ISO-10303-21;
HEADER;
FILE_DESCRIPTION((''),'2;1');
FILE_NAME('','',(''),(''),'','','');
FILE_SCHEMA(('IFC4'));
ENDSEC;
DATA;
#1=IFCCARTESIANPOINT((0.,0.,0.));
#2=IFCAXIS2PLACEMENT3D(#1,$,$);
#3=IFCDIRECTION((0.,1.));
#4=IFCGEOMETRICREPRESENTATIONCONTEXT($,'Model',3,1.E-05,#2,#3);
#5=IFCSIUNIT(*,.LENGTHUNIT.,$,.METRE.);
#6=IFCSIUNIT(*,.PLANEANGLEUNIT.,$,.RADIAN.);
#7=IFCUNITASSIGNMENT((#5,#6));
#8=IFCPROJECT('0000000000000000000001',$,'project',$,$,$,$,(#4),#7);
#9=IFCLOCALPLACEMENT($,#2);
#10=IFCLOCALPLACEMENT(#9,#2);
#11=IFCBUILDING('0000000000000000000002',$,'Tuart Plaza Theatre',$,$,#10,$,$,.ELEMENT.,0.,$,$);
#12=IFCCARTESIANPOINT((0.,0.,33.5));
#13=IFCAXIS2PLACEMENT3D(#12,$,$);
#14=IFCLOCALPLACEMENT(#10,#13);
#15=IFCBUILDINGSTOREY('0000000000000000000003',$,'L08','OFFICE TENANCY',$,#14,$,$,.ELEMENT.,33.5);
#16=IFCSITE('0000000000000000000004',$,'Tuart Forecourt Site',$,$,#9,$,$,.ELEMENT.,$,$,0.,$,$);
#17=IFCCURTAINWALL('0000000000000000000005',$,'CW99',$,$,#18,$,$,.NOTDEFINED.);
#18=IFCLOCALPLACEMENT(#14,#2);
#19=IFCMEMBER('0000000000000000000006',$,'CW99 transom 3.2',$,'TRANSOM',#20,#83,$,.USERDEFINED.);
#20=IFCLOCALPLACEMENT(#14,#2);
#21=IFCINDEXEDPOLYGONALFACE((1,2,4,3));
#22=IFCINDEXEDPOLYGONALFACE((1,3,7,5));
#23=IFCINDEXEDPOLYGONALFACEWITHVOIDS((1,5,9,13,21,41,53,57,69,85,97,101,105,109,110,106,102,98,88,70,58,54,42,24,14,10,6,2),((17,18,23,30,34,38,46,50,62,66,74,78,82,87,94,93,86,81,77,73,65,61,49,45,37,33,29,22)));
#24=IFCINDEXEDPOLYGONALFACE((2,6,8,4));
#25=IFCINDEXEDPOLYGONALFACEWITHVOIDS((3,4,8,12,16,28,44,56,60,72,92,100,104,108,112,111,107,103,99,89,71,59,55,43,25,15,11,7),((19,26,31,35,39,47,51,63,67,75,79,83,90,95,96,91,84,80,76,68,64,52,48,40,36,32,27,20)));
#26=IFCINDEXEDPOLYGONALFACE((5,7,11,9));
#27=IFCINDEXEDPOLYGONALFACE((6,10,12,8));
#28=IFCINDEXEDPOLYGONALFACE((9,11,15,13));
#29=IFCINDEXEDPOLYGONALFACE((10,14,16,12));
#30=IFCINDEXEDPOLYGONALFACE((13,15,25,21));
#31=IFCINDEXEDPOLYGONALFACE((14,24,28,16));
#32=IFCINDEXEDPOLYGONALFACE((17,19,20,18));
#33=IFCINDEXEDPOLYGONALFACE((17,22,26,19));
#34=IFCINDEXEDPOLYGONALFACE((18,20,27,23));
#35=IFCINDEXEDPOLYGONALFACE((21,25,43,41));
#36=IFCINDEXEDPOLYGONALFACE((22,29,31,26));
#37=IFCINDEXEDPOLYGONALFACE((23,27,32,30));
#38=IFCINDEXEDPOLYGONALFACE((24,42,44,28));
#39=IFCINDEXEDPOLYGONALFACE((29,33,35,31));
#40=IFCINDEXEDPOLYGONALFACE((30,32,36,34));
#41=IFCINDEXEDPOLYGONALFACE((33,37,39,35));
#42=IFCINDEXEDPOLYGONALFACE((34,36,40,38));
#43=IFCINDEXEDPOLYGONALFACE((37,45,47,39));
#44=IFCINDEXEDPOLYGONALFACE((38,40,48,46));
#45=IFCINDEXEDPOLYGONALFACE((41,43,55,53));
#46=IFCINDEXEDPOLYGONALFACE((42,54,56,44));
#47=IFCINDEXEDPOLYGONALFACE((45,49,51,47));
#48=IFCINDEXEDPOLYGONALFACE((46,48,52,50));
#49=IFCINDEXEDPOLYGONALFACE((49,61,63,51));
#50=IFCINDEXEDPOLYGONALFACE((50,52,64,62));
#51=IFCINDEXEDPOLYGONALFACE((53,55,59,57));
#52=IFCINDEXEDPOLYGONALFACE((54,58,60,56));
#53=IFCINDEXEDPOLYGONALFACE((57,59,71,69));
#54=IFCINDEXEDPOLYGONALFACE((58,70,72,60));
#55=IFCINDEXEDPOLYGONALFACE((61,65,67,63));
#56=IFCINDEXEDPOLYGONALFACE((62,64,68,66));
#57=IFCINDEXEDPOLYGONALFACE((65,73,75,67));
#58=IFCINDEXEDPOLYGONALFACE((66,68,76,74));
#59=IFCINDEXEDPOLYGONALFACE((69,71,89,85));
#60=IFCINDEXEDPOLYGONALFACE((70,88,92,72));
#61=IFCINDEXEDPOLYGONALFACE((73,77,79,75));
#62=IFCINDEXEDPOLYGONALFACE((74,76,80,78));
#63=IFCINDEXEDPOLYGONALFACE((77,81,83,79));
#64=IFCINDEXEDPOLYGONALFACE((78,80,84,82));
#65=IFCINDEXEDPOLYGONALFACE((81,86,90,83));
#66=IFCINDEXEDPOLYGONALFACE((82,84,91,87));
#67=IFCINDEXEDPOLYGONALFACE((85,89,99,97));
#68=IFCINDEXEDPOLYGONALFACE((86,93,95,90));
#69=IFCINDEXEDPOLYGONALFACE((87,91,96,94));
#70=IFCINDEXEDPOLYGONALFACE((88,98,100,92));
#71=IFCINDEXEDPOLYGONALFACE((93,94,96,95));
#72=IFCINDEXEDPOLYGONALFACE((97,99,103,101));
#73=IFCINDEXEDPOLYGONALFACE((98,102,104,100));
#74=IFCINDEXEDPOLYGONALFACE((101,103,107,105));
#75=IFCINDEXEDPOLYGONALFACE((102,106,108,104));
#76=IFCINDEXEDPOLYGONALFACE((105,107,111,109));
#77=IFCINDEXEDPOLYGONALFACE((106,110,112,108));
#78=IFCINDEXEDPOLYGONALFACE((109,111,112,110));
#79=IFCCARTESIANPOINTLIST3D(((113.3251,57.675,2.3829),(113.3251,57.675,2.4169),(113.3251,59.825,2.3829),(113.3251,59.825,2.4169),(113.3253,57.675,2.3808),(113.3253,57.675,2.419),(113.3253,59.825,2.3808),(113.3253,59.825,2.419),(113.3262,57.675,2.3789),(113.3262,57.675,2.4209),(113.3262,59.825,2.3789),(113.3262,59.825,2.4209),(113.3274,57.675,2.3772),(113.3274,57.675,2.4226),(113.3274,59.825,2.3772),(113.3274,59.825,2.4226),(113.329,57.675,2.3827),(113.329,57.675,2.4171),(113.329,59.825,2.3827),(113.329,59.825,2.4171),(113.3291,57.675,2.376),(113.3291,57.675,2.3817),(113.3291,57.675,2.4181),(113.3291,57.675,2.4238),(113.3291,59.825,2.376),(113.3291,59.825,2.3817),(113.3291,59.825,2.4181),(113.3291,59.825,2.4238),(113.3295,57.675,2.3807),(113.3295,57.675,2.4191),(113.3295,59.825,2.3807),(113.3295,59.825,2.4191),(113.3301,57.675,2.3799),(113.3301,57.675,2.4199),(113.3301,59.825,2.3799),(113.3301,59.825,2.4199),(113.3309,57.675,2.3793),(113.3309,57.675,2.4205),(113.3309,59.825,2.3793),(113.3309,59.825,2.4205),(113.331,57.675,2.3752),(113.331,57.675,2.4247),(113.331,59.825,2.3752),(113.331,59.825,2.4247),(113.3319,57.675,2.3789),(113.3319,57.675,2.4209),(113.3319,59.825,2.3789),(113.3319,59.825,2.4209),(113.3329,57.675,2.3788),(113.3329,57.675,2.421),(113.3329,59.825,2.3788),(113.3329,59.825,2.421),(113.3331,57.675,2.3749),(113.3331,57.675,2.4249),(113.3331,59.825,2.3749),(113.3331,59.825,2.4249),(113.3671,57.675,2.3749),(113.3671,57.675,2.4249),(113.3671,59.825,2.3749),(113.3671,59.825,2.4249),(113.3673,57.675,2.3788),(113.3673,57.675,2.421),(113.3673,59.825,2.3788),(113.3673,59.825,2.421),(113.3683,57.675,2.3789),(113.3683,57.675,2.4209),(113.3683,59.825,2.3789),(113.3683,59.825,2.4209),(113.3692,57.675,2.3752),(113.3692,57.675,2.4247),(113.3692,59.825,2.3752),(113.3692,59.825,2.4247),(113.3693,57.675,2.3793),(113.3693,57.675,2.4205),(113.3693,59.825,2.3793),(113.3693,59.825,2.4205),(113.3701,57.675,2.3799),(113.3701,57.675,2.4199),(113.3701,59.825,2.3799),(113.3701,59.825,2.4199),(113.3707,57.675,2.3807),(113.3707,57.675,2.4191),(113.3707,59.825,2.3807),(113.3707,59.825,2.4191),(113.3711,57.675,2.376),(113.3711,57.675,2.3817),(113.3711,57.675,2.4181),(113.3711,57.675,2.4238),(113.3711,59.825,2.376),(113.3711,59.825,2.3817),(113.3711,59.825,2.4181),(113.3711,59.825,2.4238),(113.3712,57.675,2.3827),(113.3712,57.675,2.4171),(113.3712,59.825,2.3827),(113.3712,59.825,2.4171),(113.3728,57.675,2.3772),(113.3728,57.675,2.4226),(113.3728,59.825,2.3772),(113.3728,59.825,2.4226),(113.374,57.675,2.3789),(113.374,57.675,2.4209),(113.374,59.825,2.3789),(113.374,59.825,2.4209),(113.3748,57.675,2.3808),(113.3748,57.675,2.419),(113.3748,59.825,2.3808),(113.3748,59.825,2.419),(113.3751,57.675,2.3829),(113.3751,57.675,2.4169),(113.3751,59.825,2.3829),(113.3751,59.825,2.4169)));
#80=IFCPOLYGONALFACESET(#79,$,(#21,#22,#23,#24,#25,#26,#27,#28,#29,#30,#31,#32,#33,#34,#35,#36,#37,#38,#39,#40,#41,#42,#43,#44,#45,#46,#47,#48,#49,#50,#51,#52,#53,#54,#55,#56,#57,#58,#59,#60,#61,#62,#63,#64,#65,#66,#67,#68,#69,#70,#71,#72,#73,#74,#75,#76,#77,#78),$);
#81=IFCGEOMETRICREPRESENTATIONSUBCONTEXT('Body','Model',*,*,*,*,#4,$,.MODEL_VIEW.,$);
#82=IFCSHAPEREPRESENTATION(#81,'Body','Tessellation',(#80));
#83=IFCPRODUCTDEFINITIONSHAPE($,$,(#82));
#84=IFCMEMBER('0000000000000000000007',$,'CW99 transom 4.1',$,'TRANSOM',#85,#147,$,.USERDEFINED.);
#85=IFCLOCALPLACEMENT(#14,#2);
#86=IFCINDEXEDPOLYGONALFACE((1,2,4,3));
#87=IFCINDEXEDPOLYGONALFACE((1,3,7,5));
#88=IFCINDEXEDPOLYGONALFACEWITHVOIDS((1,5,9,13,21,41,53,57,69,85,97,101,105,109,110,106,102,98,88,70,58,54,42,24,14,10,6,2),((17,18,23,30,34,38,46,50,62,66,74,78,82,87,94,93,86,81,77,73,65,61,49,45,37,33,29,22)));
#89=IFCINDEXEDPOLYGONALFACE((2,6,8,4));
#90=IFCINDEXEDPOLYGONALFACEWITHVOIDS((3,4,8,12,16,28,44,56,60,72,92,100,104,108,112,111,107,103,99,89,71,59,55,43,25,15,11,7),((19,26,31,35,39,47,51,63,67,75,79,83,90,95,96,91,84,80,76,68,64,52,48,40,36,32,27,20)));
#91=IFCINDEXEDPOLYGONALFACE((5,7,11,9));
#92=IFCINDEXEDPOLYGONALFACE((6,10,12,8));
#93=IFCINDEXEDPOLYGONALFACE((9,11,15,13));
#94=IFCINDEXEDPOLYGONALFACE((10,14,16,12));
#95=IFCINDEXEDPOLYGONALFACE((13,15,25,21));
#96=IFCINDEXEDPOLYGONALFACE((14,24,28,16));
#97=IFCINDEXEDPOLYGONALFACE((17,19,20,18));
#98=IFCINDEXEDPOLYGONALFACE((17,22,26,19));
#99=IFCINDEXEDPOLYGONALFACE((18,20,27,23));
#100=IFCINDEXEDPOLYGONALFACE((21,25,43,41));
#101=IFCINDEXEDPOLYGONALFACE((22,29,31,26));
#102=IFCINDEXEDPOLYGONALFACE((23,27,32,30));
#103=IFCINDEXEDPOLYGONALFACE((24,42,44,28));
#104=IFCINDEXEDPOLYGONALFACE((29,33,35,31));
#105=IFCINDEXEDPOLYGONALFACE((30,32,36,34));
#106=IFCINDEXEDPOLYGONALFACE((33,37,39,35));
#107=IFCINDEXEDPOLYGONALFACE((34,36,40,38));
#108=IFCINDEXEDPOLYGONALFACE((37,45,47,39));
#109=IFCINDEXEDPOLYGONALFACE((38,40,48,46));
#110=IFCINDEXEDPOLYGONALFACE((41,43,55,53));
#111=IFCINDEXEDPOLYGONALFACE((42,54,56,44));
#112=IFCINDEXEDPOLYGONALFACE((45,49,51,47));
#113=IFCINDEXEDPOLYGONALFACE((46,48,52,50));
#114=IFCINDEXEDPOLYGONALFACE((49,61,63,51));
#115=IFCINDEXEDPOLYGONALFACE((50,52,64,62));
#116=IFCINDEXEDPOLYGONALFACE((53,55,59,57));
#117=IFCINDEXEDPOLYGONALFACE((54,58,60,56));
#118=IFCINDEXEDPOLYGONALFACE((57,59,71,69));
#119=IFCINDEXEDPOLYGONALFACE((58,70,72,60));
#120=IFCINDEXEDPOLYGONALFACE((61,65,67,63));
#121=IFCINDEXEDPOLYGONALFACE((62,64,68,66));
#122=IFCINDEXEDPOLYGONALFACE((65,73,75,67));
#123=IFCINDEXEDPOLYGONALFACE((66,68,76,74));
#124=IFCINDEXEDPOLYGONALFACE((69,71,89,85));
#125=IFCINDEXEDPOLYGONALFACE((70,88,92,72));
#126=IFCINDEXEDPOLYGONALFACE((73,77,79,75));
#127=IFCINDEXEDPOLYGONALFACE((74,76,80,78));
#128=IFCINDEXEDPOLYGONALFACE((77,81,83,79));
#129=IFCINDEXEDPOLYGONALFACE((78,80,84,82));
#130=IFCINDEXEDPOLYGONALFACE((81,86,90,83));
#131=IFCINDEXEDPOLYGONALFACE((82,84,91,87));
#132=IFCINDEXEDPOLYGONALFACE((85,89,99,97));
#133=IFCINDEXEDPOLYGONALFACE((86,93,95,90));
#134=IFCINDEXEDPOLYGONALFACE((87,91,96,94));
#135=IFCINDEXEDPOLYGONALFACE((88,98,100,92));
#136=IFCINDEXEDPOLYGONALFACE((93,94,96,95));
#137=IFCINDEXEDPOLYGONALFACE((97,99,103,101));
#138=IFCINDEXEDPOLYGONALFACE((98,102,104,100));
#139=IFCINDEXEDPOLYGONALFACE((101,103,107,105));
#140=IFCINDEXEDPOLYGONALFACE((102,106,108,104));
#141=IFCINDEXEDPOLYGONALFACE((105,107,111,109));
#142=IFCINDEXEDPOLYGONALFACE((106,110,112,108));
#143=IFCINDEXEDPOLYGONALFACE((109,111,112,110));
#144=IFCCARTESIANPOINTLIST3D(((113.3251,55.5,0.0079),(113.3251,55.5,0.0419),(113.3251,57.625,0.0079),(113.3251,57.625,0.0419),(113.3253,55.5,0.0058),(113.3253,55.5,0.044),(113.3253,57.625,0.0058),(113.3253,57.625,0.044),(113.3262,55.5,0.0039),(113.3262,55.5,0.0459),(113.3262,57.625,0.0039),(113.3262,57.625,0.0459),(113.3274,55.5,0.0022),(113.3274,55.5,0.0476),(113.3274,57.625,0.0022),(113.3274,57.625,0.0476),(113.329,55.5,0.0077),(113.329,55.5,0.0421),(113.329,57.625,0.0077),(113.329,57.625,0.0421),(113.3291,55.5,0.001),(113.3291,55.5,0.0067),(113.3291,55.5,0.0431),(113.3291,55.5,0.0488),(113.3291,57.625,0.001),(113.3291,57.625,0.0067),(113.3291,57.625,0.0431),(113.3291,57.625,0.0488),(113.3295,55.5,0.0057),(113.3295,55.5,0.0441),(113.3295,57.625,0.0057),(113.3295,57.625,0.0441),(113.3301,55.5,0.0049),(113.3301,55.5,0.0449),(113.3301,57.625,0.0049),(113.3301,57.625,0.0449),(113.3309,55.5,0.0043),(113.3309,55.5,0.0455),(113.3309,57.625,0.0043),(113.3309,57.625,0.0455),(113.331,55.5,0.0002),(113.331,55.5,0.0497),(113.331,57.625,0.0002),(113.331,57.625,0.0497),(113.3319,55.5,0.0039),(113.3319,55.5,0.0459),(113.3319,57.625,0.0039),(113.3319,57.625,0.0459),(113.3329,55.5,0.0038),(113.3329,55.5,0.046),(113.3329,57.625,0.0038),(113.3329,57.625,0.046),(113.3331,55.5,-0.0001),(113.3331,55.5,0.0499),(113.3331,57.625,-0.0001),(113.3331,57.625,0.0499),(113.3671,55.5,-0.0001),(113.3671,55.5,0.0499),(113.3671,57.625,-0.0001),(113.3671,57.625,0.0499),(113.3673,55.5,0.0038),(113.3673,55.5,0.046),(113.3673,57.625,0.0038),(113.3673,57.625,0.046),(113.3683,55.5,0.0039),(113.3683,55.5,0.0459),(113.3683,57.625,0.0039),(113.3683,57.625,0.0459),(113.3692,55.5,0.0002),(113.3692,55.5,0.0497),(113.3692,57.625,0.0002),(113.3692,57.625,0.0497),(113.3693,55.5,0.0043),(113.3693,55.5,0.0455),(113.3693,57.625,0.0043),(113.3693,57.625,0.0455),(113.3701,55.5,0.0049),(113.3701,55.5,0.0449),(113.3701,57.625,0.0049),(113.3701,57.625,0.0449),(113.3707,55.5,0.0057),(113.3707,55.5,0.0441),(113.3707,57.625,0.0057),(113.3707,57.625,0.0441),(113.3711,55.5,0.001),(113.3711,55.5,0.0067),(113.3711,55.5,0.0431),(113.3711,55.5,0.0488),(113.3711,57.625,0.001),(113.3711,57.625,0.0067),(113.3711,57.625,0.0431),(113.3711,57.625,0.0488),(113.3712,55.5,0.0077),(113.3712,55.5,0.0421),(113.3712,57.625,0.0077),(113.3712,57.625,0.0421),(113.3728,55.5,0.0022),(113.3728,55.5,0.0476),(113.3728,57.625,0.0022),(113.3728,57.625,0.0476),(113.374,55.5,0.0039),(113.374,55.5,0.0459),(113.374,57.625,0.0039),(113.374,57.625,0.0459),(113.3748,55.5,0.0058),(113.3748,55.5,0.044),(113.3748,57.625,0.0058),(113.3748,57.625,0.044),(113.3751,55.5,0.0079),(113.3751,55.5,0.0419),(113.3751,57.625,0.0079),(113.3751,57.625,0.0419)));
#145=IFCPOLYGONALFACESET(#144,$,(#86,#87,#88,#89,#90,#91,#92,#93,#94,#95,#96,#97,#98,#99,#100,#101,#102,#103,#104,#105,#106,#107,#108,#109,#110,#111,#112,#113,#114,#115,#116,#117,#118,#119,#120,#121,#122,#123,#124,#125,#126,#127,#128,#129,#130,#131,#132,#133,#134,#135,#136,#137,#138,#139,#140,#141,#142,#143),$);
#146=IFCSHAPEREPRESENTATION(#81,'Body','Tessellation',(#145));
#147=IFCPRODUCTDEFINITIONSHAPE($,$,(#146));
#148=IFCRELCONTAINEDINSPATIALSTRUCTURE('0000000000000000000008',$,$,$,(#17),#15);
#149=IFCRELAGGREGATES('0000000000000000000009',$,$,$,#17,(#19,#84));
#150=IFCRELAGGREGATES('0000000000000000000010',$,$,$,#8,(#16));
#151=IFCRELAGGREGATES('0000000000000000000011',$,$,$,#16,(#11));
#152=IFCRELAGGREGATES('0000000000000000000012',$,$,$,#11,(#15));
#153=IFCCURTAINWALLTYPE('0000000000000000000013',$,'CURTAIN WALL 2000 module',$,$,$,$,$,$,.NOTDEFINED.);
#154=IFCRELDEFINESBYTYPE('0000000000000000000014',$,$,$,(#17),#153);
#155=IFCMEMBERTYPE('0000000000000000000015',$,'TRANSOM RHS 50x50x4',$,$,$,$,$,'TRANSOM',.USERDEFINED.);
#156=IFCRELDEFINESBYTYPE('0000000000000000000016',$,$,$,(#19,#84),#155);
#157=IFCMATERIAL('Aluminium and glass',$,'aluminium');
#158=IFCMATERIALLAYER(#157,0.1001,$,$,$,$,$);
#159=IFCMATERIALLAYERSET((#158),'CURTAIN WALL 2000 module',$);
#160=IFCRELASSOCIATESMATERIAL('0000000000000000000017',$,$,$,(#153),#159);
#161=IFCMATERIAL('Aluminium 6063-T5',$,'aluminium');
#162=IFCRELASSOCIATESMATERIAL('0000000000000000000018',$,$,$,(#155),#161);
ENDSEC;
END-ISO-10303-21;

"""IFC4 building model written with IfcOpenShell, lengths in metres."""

from ifc_helpers import new_model, si_unit, direction, frame, origin, origin_2d, place, context, subcontext, project, spatial, hollow_rectangle, extrude, material, layer, layer_set, material_profile, profile_set, type_object, element, aggregate, save


model = new_model("IFC4")

# Units and contexts
model_context = context("Model", 3, precision=1e-05, world=origin(), true_north=direction((0.0, 1.0)))
body_context = subcontext(model_context, "Body", "Model", "MODEL_VIEW")
ifc_project = project(units=[si_unit("LENGTHUNIT", "METRE"), si_unit("PLANEANGLEUNIT", "RADIAN")], contexts=[model_context])

# Site, building, storey
site_placement = place(None, origin())
site = spatial("IfcSite", under=ifc_project, at=site_placement, Name="Tuart Forecourt Site", CompositionType="ELEMENT", RefElevation=0.0)
building_placement = place(site_placement, origin())
building = spatial("IfcBuilding", under=site, at=building_placement, Name="Tuart Plaza Theatre", CompositionType="ELEMENT", ElevationOfRefHeight=0.0)
storey_placement = place(building_placement, frame((0.0, 0.0, 33.5)))
storey = spatial("IfcBuildingStorey", under=building, at=storey_placement, Name="L08", Description="OFFICE TENANCY", CompositionType="ELEMENT", Elevation=33.5)

# Curtain wall
ifc_material_1 = material(Name="Aluminium and glass", Category="aluminium")
ifc_layer_1 = layer(ifc_material_1, 0.1001)
ifc_layer_set_1 = layer_set([ifc_layer_1], Name="CURTAIN WALL 2000 module")
curtain_wall_type = type_object("IfcCurtainWallType", Name="CURTAIN WALL 2000 module", PredefinedType="NOTDEFINED", material=ifc_layer_set_1)
curtain_wall_1_placement = place(storey_placement, origin())
curtain_wall_1 = element("IfcCurtainWall", 1, at=curtain_wall_1_placement, inside=storey, type_object=curtain_wall_type, Name="CW99", PredefinedType="NOTDEFINED")

# Members
ifc_material_2 = material(Name="Aluminium 6063-T5", Category="aluminium")
ifc_material_profile_1 = material_profile(ifc_material_2, hollow_rectangle(XDim=0.05, YDim=0.05, WallThickness=0.0039, InnerFilletRadius=0.0039, OuterFilletRadius=0.0081, at=origin_2d()), Name="RHS 50x50x4")
ifc_profile_set_1 = profile_set([ifc_material_profile_1], Name="Aluminium 6063-T5")
member_type_1 = type_object("IfcMemberType", Name="TRANSOM RHS 50x50x4", ElementType="TRANSOM", PredefinedType="USERDEFINED", material=ifc_profile_set_1)
member_1_placement = place(storey_placement, frame((113.3501, 59.825, 2.3999), z_axis=(0.0, -1.0, 0.0), x_axis=(1.0, 0.0, 0.0)))
member_1 = element("IfcMember", 2, at=member_1_placement, type_object=member_type_1, Name="CW99 transom 3.2", ObjectType="TRANSOM", PredefinedType="USERDEFINED", context=body_context, shape_type="SweptSolid", body=[
    extrude(hollow_rectangle(XDim=0.05, YDim=0.05, WallThickness=0.0039, InnerFilletRadius=0.0039, OuterFilletRadius=0.0081, at=origin_2d()), origin(), (0.0, 0.0, 1.0), 2.1499),
])
member_2_placement = place(storey_placement, frame((113.3501, 57.625, 0.0249), z_axis=(0.0, -1.0, 0.0), x_axis=(1.0, 0.0, 0.0)))
member_2 = element("IfcMember", 3, at=member_2_placement, type_object=member_type_1, Name="CW99 transom 4.1", ObjectType="TRANSOM", PredefinedType="USERDEFINED", context=body_context, shape_type="SweptSolid", body=[
    extrude(hollow_rectangle(XDim=0.05, YDim=0.05, WallThickness=0.0039, InnerFilletRadius=0.0039, OuterFilletRadius=0.0081, at=origin_2d()), origin(), (0.0, 0.0, 1.0), 2.125),
])

aggregate(curtain_wall_1, [member_1, member_2])

save(model, "model.ifc")
